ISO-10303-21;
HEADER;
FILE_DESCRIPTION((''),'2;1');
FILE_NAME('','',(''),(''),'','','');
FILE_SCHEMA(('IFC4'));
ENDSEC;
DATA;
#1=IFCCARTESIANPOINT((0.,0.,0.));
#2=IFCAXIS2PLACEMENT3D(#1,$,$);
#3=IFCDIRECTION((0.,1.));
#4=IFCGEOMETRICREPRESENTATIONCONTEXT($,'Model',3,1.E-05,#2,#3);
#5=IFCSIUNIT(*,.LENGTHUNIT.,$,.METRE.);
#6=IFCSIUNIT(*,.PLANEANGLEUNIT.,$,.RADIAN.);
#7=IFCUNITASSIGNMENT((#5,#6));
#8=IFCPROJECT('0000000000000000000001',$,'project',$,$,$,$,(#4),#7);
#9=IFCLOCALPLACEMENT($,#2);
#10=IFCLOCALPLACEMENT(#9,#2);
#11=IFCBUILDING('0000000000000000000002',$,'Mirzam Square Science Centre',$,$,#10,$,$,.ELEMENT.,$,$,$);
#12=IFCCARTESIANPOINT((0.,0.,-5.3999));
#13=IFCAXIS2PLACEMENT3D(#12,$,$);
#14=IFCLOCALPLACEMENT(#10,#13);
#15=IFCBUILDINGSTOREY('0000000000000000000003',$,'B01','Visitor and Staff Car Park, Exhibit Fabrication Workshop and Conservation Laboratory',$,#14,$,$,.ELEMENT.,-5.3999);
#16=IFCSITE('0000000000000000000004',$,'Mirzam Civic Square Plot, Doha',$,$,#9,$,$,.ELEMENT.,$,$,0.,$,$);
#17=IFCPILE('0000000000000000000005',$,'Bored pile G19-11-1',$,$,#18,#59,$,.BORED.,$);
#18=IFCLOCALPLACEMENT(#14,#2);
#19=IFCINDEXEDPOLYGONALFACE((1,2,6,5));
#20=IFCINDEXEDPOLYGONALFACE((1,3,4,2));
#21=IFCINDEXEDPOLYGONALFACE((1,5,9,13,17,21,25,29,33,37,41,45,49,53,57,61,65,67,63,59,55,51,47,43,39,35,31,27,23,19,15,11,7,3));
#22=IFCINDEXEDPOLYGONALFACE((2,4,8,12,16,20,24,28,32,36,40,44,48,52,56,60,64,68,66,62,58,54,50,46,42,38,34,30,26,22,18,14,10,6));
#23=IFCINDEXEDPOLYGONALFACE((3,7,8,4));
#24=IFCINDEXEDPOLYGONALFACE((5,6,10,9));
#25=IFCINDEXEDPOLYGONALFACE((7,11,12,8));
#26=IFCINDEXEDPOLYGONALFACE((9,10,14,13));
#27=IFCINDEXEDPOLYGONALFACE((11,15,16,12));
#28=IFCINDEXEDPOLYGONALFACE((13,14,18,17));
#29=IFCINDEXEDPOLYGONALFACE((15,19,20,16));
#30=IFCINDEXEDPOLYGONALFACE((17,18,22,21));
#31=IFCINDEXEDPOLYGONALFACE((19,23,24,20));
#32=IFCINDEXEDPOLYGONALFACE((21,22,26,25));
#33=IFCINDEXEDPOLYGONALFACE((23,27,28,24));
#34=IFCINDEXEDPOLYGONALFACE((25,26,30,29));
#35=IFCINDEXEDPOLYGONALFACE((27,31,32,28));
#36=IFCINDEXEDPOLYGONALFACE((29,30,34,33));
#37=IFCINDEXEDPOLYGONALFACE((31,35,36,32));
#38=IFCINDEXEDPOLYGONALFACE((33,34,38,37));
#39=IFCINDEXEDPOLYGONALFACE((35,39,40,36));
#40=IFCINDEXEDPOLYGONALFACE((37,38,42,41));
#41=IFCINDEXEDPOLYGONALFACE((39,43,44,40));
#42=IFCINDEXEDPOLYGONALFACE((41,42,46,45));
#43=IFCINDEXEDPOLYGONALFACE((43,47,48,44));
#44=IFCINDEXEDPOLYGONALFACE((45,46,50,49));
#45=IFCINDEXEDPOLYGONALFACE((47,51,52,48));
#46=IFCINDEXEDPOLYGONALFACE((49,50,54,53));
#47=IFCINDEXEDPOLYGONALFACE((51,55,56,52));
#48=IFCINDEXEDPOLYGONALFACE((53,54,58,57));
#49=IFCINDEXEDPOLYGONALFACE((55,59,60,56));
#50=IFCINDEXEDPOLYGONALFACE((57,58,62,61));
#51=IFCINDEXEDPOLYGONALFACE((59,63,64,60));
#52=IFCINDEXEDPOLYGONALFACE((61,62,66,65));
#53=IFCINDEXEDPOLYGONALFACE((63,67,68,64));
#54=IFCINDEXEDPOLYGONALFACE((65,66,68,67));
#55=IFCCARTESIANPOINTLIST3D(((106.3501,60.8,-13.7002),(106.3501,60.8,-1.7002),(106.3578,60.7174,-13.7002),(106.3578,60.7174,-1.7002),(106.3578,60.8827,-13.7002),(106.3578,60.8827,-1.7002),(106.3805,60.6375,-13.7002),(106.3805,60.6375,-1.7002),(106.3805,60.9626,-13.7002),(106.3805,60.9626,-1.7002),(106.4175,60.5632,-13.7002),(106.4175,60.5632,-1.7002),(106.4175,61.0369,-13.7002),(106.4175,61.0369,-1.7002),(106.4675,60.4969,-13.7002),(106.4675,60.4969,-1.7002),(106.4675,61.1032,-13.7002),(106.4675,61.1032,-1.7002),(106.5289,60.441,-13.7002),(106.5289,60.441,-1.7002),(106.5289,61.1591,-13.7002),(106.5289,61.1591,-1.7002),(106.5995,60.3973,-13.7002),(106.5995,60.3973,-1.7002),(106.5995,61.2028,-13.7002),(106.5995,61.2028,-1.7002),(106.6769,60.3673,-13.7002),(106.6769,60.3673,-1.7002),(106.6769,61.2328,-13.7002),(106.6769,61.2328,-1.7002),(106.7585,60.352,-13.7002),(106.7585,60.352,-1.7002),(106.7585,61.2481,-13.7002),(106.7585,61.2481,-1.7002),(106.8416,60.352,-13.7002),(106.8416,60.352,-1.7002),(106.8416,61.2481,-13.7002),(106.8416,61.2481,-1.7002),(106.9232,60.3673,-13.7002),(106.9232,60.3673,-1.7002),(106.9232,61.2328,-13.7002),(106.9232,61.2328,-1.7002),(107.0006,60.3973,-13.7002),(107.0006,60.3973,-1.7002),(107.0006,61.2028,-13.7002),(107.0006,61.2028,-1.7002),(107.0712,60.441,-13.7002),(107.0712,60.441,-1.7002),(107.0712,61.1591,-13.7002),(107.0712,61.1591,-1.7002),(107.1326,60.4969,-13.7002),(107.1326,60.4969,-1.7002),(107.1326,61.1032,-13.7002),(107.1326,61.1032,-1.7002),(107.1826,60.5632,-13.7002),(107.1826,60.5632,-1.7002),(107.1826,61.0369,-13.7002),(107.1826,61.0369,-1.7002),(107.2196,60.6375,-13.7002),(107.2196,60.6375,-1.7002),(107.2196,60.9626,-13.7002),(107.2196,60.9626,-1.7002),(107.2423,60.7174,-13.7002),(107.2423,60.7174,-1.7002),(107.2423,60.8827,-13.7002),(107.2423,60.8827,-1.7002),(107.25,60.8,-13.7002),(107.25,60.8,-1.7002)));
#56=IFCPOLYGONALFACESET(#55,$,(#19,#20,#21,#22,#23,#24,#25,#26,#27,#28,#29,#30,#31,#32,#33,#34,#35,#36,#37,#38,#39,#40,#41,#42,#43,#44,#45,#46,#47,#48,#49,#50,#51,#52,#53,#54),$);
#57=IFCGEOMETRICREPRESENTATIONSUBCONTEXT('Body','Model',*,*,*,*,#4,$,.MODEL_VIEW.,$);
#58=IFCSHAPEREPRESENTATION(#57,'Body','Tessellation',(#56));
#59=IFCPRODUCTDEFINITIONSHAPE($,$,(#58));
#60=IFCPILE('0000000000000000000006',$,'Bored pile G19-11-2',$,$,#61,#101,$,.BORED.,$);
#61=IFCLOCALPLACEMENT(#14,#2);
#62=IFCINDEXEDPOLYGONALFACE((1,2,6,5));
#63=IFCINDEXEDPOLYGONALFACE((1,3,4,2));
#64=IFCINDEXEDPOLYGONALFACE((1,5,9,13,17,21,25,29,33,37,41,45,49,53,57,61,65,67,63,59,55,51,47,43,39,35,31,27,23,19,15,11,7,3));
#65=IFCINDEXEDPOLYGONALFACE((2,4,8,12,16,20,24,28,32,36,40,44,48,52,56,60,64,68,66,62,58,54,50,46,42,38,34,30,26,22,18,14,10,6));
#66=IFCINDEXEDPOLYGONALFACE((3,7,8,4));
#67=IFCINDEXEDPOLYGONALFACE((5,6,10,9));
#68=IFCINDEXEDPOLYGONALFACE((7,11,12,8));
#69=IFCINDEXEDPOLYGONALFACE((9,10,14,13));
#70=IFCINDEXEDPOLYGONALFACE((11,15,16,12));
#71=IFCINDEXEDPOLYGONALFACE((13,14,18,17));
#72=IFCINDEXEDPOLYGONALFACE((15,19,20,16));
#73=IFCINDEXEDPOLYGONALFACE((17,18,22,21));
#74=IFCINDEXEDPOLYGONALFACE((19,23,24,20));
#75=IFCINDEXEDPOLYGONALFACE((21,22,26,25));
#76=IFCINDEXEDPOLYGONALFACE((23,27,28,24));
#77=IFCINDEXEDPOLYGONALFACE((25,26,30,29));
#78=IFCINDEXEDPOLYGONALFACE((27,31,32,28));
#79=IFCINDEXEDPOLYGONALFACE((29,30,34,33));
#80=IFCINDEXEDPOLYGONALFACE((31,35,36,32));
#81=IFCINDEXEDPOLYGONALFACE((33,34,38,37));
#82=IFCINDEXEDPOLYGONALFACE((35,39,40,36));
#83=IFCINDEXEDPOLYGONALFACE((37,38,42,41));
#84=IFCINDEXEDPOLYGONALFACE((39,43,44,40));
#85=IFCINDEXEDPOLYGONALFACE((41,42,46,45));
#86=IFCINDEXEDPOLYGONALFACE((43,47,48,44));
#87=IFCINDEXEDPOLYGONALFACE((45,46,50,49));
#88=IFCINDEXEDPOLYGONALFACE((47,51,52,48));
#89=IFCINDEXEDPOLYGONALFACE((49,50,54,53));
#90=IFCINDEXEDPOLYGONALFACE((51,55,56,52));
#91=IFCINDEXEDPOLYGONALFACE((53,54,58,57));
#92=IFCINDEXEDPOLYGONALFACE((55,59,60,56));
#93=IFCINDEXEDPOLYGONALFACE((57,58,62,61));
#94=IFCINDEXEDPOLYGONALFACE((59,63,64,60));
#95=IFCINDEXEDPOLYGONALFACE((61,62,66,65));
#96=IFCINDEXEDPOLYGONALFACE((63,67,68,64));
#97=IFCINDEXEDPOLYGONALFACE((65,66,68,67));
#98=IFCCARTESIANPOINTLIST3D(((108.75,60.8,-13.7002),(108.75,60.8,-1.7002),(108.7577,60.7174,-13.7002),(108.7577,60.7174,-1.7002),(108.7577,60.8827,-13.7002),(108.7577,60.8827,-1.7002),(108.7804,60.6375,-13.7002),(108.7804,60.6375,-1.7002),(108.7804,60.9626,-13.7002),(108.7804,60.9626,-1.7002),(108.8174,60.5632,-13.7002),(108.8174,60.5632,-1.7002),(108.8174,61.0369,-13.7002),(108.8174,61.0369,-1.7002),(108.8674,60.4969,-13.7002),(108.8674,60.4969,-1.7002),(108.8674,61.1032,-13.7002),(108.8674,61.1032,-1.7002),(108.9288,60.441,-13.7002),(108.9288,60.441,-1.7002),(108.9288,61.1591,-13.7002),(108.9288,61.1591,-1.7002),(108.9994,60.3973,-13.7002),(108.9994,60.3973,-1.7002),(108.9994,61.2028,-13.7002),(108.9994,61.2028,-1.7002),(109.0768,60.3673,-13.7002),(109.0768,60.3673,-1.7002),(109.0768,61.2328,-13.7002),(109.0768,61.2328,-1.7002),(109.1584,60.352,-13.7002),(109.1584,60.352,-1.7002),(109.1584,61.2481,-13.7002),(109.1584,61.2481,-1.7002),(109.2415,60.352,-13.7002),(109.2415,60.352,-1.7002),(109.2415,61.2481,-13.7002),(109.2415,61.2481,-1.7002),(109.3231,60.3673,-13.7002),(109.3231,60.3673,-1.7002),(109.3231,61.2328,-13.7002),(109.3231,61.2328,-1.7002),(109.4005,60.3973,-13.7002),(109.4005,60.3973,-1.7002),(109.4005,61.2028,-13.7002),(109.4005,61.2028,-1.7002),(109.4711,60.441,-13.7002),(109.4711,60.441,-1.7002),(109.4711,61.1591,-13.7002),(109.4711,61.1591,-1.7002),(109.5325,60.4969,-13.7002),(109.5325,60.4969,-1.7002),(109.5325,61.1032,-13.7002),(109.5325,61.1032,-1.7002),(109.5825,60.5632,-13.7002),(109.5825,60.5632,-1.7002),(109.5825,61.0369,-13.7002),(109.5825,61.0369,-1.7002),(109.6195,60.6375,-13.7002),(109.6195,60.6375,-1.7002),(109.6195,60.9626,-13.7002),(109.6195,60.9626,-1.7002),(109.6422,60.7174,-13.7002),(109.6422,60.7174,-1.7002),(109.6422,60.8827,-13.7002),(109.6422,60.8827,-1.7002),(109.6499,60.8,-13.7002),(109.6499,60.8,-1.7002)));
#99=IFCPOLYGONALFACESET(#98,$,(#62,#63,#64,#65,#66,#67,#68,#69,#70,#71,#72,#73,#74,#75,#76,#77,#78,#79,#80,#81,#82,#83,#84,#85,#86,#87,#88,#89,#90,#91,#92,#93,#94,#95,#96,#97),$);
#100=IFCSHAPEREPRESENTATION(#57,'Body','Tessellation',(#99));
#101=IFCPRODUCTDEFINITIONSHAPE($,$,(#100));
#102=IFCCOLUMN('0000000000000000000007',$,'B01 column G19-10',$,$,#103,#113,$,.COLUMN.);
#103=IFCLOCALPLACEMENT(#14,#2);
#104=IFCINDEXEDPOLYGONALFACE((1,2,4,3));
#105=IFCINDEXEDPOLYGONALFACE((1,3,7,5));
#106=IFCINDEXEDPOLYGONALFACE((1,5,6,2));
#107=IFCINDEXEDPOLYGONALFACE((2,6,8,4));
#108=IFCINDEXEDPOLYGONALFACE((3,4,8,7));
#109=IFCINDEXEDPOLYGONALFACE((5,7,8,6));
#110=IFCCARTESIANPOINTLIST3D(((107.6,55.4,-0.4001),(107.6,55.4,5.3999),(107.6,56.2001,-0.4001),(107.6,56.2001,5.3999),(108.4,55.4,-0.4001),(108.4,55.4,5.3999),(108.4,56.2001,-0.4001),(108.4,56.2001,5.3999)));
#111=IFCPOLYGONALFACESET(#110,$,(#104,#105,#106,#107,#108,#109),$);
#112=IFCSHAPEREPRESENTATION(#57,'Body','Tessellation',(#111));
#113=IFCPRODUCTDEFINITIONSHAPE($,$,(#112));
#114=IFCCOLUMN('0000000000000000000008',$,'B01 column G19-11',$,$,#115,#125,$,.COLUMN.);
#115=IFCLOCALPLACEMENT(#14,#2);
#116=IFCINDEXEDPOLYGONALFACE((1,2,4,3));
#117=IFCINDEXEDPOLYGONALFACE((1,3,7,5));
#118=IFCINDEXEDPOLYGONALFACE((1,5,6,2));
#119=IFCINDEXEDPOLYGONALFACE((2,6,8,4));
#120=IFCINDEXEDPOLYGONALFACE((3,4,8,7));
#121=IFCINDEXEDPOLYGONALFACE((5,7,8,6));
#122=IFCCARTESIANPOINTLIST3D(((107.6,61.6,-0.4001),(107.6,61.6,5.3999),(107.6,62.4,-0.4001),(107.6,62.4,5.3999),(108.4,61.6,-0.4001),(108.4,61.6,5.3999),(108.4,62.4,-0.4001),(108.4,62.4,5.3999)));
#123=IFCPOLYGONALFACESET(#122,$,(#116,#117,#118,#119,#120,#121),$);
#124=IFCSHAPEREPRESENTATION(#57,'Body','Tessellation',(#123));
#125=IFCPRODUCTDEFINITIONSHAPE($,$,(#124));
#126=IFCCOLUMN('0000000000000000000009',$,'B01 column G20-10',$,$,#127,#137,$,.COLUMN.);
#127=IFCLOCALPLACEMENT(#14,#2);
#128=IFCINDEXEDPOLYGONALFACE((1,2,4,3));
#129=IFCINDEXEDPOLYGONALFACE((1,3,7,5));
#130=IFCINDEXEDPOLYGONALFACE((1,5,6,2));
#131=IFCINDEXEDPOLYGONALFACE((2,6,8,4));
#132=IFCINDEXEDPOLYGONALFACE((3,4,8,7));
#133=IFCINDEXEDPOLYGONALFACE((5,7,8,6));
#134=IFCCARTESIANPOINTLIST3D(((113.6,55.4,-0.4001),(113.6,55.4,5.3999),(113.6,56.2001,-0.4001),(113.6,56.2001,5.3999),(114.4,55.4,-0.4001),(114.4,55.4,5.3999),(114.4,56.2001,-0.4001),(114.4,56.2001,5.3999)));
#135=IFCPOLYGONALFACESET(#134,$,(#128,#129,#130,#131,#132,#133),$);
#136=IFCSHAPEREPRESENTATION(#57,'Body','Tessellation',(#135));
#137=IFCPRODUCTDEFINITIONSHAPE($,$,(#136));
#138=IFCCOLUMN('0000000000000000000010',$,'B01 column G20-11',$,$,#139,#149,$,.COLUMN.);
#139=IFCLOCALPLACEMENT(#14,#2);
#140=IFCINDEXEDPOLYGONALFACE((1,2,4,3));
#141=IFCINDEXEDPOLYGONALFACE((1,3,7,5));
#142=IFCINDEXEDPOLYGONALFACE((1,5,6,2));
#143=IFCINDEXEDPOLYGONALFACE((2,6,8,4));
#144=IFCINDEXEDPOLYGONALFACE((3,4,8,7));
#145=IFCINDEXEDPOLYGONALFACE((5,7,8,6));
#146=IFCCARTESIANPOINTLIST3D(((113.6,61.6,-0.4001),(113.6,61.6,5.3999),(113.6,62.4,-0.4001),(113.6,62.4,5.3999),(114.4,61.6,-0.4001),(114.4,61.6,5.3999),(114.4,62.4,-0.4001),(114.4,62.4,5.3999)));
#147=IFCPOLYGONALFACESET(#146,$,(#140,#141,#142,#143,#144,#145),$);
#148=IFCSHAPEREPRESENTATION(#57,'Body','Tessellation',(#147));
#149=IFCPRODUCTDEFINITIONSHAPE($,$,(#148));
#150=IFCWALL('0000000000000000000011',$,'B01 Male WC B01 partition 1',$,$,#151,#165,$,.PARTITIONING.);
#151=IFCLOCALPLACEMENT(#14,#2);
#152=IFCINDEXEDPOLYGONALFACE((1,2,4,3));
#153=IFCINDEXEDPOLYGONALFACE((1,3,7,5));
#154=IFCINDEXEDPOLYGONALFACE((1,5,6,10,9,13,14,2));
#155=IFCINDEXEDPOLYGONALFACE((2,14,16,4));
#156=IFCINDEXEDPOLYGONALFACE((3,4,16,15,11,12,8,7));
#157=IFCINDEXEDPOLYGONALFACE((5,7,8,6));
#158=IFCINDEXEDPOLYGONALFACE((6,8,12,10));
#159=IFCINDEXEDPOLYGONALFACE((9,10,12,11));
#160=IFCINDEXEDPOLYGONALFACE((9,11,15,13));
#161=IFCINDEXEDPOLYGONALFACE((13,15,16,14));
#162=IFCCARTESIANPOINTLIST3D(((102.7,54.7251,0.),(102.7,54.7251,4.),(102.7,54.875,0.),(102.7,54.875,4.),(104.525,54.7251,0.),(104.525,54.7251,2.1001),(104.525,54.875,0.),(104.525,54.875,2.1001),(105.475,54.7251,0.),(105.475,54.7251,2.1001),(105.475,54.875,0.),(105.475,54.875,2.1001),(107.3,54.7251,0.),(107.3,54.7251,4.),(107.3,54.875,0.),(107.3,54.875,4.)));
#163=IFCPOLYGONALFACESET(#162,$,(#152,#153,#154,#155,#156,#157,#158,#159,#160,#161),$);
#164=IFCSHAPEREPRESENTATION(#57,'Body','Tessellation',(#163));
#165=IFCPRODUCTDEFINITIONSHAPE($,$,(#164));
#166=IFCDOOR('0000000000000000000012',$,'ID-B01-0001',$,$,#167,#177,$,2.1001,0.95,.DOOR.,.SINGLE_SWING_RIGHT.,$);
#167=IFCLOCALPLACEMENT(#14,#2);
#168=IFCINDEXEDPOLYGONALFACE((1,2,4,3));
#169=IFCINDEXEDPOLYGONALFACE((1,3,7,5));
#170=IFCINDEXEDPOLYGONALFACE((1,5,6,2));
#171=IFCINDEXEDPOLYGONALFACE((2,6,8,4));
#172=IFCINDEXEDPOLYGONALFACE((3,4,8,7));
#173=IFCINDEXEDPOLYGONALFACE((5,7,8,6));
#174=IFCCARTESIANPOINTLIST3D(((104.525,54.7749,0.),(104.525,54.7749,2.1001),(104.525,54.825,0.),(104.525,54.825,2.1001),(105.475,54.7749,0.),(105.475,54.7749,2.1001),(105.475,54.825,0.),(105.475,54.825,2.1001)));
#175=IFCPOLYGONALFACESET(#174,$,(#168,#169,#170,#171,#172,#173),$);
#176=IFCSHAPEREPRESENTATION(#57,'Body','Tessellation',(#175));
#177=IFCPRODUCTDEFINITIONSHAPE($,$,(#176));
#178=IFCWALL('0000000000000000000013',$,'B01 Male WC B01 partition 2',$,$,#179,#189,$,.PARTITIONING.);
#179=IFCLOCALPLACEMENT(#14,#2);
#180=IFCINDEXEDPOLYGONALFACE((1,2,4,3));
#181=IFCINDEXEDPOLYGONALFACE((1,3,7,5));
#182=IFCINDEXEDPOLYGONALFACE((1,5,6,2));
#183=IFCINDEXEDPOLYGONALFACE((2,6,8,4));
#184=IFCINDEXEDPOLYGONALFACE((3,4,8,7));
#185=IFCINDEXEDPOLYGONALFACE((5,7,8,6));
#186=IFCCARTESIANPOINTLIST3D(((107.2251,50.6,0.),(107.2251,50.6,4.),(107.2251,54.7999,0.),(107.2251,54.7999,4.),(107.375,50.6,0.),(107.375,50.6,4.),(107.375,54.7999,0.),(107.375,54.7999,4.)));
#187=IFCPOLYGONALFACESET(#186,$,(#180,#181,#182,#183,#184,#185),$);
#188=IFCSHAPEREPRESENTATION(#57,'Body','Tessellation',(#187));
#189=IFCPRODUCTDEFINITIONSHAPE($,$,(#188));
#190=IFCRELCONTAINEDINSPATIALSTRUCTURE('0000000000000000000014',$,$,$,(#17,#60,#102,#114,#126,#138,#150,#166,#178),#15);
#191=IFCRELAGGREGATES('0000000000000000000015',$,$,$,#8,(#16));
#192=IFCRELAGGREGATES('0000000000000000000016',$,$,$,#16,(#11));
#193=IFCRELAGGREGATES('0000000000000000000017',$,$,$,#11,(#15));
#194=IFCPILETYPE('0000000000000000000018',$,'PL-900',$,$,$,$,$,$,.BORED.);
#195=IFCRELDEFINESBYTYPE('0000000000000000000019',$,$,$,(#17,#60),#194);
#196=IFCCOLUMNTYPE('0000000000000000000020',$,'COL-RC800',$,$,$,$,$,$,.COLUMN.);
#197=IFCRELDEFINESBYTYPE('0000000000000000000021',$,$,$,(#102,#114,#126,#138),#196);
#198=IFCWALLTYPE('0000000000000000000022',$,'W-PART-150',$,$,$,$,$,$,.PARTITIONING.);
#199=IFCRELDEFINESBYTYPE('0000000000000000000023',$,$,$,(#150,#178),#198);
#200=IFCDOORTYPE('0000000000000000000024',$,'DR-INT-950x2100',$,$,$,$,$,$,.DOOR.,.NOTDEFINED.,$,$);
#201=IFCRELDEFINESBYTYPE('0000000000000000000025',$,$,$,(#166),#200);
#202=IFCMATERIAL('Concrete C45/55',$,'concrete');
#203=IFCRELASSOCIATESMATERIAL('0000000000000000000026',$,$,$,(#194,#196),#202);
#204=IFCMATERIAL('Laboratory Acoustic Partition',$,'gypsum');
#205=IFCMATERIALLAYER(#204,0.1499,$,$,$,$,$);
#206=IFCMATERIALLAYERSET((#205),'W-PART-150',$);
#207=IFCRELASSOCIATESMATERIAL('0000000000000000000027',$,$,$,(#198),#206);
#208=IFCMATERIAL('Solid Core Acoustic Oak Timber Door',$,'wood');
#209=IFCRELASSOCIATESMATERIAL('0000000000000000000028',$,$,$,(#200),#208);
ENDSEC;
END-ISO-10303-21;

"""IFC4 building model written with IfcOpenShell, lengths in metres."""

from ifc_helpers import new_model, si_unit, direction, frame, frame_2d, origin, origin_2d, place, context, subcontext, project, spatial, rectangle, circle, extrude, material, layer, layer_set, material_profile, profile_set, type_object, element, fill, save


model = new_model("IFC4")

# Units and contexts
model_context = context("Model", 3, precision=1e-05, world=origin(), true_north=direction((0.0, 1.0)))
body_context = subcontext(model_context, "Body", "Model", "MODEL_VIEW")
ifc_project = project(units=[si_unit("LENGTHUNIT", "METRE"), si_unit("PLANEANGLEUNIT", "RADIAN")], contexts=[model_context])

# Site, building, storey
site_placement = place(None, origin())
site = spatial("IfcSite", under=ifc_project, at=site_placement, Name="Mirzam Civic Square Plot, Doha", CompositionType="ELEMENT", RefElevation=0.0)
building_placement = place(site_placement, origin())
building = spatial("IfcBuilding", under=site, at=building_placement, Name="Mirzam Square Science Centre", CompositionType="ELEMENT")
storey_placement = place(building_placement, frame((0.0, 0.0, -5.3999)))
storey = spatial("IfcBuildingStorey", under=building, at=storey_placement, Name="B01", Description="Visitor and Staff Car Park, Exhibit Fabrication Workshop and Conservation Laboratory", CompositionType="ELEMENT", Elevation=-5.3999)

# Shared definitions
ifc_material_1 = material(Name="Concrete C45/55", Category="concrete")

# Piles
ifc_material_profile_1 = material_profile(ifc_material_1, circle(Radius=0.45, at=origin_2d()), Name="PILE-D900")
ifc_profile_set_1 = profile_set([ifc_material_profile_1], Name="Concrete C45/55")
pile_type_1 = type_object("IfcPileType", Name="PL-900", PredefinedType="BORED", material=ifc_profile_set_1)
for number, where, z_axis, x_axis, name in (
    (1, (106.8, 60.8, -1.7002), (0.0, 0.0, -1.0), (1.0, 0.0, 0.0), "Bored pile G19-11-1"),
    (2, (109.2, 60.8, -1.7002), (0.0, 0.0, -1.0), (1.0, 0.0, 0.0), "Bored pile G19-11-2"),
):
    element("IfcPile", number, at=place(storey_placement, frame(where, z_axis=z_axis, x_axis=x_axis)), inside=storey, type_object=pile_type_1, Name=name, PredefinedType="BORED", context=body_context, shape_type="SweptSolid", body=[
        extrude(circle(Radius=0.45, at=origin_2d()), origin(), (0.0, 0.0, 1.0), 12.0),
    ])

# Columns
ifc_material_profile_2 = material_profile(ifc_material_1, rectangle(XDim=0.8, YDim=0.8, at=origin_2d()), Name="RC800x800")
ifc_profile_set_2 = profile_set([ifc_material_profile_2], Name="Concrete C45/55")
column_type = type_object("IfcColumnType", Name="COL-RC800", PredefinedType="COLUMN", material=ifc_profile_set_2)
for number, where, z_axis, x_axis, name in (
    (3, (108.0, 55.8, -0.4001), (0.0, 0.0, 1.0), (1.0, 0.0, 0.0), "B01 column G19-10"),
    (4, (108.0, 62.0, -0.4001), (0.0, 0.0, 1.0), (1.0, 0.0, 0.0), "B01 column G19-11"),
    (5, (114.0, 55.8, -0.4001), (0.0, 0.0, 1.0), (1.0, 0.0, 0.0), "B01 column G20-10"),
    (6, (114.0, 62.0, -0.4001), (0.0, 0.0, 1.0), (1.0, 0.0, 0.0), "B01 column G20-11"),
):
    element("IfcColumn", number, at=place(storey_placement, frame(where, z_axis=z_axis, x_axis=x_axis)), inside=storey, type_object=column_type, Name=name, PredefinedType="COLUMN", context=body_context, shape_type="SweptSolid", body=[
        extrude(rectangle(XDim=0.8, YDim=0.8, at=origin_2d()), origin(), (0.0, 0.0, 1.0), 5.8),
    ])

# Wall, opening, door
ifc_material_2 = material(Name="Laboratory Acoustic Partition", Category="gypsum")
ifc_layer_1 = layer(ifc_material_2, 0.1499)
ifc_layer_set_1 = layer_set([ifc_layer_1], Name="W-PART-150")
wall_type_1 = type_object("IfcWallType", Name="W-PART-150", PredefinedType="PARTITIONING", material=ifc_layer_set_1)
wall_1_placement = place(storey_placement, frame((102.7, 54.8, 0.0), z_axis=(0.0, 0.0, 1.0), x_axis=(1.0, 0.0, 0.0)))
wall_1 = element("IfcWall", 7, at=wall_1_placement, inside=storey, type_object=wall_type_1, Name="B01 Male WC B01 partition 1", PredefinedType="PARTITIONING", context=body_context, shape_type="SweptSolid", body=[
    extrude(rectangle(XDim=4.6001, YDim=0.1499, at=frame_2d((2.3, 0.0))), origin(), (0.0, 0.0, 1.0), 4.0),
])
opening_1_placement = place(wall_1_placement, frame((1.825, 0.0, 0.0)))
opening_1 = element("IfcOpeningElement", 8, at=opening_1_placement, cuts=wall_1, PredefinedType="OPENING", context=body_context, shape_type="SweptSolid", body=[
    extrude(rectangle(XDim=0.95, YDim=2.1001, at=frame_2d((0.4751, 1.05))), frame((0.0, 0.085, 0.0), z_axis=(0.0, -1.0, 0.0), x_axis=(1.0, 0.0, 0.0)), (0.0, 0.0, 1.0), 0.1699),
])
ifc_material_3 = material(Name="Solid Core Acoustic Oak Timber Door", Category="wood")
door_type_1 = type_object("IfcDoorType", Name="DR-INT-950x2100", OperationType="NOTDEFINED", PredefinedType="DOOR", material=ifc_material_3)
door_1_placement = place(opening_1_placement, origin())
door_1 = element("IfcDoor", 9, at=door_1_placement, inside=storey, type_object=door_type_1, Name="ID-B01-0001", OperationType="SINGLE_SWING_RIGHT", OverallHeight=2.1001, OverallWidth=0.95, PredefinedType="DOOR", context=body_context, shape_type="SweptSolid", body=[
    extrude(rectangle(XDim=0.95, YDim=2.1001, at=frame_2d((0.4751, 1.05))), frame((0.0, 0.0249, 0.0), z_axis=(0.0, -1.0, 0.0), x_axis=(1.0, 0.0, 0.0)), (0.0, 0.0, 1.0), 0.05),
])
fill(opening_1, door_1)

# Wall
wall_2_placement = place(storey_placement, frame((107.3, 54.8, 0.0), z_axis=(0.0, 0.0, 1.0), x_axis=(0.0, -1.0, 0.0)))
element("IfcWall", 10, at=wall_2_placement, inside=storey, type_object=wall_type_1, Name="B01 Male WC B01 partition 2", PredefinedType="PARTITIONING", context=body_context, shape_type="SweptSolid", body=[
    extrude(rectangle(XDim=4.2, YDim=0.1499, at=frame_2d((2.1001, 0.0))), origin(), (0.0, 0.0, 1.0), 4.0),
])

save(model, "model.ifc")
